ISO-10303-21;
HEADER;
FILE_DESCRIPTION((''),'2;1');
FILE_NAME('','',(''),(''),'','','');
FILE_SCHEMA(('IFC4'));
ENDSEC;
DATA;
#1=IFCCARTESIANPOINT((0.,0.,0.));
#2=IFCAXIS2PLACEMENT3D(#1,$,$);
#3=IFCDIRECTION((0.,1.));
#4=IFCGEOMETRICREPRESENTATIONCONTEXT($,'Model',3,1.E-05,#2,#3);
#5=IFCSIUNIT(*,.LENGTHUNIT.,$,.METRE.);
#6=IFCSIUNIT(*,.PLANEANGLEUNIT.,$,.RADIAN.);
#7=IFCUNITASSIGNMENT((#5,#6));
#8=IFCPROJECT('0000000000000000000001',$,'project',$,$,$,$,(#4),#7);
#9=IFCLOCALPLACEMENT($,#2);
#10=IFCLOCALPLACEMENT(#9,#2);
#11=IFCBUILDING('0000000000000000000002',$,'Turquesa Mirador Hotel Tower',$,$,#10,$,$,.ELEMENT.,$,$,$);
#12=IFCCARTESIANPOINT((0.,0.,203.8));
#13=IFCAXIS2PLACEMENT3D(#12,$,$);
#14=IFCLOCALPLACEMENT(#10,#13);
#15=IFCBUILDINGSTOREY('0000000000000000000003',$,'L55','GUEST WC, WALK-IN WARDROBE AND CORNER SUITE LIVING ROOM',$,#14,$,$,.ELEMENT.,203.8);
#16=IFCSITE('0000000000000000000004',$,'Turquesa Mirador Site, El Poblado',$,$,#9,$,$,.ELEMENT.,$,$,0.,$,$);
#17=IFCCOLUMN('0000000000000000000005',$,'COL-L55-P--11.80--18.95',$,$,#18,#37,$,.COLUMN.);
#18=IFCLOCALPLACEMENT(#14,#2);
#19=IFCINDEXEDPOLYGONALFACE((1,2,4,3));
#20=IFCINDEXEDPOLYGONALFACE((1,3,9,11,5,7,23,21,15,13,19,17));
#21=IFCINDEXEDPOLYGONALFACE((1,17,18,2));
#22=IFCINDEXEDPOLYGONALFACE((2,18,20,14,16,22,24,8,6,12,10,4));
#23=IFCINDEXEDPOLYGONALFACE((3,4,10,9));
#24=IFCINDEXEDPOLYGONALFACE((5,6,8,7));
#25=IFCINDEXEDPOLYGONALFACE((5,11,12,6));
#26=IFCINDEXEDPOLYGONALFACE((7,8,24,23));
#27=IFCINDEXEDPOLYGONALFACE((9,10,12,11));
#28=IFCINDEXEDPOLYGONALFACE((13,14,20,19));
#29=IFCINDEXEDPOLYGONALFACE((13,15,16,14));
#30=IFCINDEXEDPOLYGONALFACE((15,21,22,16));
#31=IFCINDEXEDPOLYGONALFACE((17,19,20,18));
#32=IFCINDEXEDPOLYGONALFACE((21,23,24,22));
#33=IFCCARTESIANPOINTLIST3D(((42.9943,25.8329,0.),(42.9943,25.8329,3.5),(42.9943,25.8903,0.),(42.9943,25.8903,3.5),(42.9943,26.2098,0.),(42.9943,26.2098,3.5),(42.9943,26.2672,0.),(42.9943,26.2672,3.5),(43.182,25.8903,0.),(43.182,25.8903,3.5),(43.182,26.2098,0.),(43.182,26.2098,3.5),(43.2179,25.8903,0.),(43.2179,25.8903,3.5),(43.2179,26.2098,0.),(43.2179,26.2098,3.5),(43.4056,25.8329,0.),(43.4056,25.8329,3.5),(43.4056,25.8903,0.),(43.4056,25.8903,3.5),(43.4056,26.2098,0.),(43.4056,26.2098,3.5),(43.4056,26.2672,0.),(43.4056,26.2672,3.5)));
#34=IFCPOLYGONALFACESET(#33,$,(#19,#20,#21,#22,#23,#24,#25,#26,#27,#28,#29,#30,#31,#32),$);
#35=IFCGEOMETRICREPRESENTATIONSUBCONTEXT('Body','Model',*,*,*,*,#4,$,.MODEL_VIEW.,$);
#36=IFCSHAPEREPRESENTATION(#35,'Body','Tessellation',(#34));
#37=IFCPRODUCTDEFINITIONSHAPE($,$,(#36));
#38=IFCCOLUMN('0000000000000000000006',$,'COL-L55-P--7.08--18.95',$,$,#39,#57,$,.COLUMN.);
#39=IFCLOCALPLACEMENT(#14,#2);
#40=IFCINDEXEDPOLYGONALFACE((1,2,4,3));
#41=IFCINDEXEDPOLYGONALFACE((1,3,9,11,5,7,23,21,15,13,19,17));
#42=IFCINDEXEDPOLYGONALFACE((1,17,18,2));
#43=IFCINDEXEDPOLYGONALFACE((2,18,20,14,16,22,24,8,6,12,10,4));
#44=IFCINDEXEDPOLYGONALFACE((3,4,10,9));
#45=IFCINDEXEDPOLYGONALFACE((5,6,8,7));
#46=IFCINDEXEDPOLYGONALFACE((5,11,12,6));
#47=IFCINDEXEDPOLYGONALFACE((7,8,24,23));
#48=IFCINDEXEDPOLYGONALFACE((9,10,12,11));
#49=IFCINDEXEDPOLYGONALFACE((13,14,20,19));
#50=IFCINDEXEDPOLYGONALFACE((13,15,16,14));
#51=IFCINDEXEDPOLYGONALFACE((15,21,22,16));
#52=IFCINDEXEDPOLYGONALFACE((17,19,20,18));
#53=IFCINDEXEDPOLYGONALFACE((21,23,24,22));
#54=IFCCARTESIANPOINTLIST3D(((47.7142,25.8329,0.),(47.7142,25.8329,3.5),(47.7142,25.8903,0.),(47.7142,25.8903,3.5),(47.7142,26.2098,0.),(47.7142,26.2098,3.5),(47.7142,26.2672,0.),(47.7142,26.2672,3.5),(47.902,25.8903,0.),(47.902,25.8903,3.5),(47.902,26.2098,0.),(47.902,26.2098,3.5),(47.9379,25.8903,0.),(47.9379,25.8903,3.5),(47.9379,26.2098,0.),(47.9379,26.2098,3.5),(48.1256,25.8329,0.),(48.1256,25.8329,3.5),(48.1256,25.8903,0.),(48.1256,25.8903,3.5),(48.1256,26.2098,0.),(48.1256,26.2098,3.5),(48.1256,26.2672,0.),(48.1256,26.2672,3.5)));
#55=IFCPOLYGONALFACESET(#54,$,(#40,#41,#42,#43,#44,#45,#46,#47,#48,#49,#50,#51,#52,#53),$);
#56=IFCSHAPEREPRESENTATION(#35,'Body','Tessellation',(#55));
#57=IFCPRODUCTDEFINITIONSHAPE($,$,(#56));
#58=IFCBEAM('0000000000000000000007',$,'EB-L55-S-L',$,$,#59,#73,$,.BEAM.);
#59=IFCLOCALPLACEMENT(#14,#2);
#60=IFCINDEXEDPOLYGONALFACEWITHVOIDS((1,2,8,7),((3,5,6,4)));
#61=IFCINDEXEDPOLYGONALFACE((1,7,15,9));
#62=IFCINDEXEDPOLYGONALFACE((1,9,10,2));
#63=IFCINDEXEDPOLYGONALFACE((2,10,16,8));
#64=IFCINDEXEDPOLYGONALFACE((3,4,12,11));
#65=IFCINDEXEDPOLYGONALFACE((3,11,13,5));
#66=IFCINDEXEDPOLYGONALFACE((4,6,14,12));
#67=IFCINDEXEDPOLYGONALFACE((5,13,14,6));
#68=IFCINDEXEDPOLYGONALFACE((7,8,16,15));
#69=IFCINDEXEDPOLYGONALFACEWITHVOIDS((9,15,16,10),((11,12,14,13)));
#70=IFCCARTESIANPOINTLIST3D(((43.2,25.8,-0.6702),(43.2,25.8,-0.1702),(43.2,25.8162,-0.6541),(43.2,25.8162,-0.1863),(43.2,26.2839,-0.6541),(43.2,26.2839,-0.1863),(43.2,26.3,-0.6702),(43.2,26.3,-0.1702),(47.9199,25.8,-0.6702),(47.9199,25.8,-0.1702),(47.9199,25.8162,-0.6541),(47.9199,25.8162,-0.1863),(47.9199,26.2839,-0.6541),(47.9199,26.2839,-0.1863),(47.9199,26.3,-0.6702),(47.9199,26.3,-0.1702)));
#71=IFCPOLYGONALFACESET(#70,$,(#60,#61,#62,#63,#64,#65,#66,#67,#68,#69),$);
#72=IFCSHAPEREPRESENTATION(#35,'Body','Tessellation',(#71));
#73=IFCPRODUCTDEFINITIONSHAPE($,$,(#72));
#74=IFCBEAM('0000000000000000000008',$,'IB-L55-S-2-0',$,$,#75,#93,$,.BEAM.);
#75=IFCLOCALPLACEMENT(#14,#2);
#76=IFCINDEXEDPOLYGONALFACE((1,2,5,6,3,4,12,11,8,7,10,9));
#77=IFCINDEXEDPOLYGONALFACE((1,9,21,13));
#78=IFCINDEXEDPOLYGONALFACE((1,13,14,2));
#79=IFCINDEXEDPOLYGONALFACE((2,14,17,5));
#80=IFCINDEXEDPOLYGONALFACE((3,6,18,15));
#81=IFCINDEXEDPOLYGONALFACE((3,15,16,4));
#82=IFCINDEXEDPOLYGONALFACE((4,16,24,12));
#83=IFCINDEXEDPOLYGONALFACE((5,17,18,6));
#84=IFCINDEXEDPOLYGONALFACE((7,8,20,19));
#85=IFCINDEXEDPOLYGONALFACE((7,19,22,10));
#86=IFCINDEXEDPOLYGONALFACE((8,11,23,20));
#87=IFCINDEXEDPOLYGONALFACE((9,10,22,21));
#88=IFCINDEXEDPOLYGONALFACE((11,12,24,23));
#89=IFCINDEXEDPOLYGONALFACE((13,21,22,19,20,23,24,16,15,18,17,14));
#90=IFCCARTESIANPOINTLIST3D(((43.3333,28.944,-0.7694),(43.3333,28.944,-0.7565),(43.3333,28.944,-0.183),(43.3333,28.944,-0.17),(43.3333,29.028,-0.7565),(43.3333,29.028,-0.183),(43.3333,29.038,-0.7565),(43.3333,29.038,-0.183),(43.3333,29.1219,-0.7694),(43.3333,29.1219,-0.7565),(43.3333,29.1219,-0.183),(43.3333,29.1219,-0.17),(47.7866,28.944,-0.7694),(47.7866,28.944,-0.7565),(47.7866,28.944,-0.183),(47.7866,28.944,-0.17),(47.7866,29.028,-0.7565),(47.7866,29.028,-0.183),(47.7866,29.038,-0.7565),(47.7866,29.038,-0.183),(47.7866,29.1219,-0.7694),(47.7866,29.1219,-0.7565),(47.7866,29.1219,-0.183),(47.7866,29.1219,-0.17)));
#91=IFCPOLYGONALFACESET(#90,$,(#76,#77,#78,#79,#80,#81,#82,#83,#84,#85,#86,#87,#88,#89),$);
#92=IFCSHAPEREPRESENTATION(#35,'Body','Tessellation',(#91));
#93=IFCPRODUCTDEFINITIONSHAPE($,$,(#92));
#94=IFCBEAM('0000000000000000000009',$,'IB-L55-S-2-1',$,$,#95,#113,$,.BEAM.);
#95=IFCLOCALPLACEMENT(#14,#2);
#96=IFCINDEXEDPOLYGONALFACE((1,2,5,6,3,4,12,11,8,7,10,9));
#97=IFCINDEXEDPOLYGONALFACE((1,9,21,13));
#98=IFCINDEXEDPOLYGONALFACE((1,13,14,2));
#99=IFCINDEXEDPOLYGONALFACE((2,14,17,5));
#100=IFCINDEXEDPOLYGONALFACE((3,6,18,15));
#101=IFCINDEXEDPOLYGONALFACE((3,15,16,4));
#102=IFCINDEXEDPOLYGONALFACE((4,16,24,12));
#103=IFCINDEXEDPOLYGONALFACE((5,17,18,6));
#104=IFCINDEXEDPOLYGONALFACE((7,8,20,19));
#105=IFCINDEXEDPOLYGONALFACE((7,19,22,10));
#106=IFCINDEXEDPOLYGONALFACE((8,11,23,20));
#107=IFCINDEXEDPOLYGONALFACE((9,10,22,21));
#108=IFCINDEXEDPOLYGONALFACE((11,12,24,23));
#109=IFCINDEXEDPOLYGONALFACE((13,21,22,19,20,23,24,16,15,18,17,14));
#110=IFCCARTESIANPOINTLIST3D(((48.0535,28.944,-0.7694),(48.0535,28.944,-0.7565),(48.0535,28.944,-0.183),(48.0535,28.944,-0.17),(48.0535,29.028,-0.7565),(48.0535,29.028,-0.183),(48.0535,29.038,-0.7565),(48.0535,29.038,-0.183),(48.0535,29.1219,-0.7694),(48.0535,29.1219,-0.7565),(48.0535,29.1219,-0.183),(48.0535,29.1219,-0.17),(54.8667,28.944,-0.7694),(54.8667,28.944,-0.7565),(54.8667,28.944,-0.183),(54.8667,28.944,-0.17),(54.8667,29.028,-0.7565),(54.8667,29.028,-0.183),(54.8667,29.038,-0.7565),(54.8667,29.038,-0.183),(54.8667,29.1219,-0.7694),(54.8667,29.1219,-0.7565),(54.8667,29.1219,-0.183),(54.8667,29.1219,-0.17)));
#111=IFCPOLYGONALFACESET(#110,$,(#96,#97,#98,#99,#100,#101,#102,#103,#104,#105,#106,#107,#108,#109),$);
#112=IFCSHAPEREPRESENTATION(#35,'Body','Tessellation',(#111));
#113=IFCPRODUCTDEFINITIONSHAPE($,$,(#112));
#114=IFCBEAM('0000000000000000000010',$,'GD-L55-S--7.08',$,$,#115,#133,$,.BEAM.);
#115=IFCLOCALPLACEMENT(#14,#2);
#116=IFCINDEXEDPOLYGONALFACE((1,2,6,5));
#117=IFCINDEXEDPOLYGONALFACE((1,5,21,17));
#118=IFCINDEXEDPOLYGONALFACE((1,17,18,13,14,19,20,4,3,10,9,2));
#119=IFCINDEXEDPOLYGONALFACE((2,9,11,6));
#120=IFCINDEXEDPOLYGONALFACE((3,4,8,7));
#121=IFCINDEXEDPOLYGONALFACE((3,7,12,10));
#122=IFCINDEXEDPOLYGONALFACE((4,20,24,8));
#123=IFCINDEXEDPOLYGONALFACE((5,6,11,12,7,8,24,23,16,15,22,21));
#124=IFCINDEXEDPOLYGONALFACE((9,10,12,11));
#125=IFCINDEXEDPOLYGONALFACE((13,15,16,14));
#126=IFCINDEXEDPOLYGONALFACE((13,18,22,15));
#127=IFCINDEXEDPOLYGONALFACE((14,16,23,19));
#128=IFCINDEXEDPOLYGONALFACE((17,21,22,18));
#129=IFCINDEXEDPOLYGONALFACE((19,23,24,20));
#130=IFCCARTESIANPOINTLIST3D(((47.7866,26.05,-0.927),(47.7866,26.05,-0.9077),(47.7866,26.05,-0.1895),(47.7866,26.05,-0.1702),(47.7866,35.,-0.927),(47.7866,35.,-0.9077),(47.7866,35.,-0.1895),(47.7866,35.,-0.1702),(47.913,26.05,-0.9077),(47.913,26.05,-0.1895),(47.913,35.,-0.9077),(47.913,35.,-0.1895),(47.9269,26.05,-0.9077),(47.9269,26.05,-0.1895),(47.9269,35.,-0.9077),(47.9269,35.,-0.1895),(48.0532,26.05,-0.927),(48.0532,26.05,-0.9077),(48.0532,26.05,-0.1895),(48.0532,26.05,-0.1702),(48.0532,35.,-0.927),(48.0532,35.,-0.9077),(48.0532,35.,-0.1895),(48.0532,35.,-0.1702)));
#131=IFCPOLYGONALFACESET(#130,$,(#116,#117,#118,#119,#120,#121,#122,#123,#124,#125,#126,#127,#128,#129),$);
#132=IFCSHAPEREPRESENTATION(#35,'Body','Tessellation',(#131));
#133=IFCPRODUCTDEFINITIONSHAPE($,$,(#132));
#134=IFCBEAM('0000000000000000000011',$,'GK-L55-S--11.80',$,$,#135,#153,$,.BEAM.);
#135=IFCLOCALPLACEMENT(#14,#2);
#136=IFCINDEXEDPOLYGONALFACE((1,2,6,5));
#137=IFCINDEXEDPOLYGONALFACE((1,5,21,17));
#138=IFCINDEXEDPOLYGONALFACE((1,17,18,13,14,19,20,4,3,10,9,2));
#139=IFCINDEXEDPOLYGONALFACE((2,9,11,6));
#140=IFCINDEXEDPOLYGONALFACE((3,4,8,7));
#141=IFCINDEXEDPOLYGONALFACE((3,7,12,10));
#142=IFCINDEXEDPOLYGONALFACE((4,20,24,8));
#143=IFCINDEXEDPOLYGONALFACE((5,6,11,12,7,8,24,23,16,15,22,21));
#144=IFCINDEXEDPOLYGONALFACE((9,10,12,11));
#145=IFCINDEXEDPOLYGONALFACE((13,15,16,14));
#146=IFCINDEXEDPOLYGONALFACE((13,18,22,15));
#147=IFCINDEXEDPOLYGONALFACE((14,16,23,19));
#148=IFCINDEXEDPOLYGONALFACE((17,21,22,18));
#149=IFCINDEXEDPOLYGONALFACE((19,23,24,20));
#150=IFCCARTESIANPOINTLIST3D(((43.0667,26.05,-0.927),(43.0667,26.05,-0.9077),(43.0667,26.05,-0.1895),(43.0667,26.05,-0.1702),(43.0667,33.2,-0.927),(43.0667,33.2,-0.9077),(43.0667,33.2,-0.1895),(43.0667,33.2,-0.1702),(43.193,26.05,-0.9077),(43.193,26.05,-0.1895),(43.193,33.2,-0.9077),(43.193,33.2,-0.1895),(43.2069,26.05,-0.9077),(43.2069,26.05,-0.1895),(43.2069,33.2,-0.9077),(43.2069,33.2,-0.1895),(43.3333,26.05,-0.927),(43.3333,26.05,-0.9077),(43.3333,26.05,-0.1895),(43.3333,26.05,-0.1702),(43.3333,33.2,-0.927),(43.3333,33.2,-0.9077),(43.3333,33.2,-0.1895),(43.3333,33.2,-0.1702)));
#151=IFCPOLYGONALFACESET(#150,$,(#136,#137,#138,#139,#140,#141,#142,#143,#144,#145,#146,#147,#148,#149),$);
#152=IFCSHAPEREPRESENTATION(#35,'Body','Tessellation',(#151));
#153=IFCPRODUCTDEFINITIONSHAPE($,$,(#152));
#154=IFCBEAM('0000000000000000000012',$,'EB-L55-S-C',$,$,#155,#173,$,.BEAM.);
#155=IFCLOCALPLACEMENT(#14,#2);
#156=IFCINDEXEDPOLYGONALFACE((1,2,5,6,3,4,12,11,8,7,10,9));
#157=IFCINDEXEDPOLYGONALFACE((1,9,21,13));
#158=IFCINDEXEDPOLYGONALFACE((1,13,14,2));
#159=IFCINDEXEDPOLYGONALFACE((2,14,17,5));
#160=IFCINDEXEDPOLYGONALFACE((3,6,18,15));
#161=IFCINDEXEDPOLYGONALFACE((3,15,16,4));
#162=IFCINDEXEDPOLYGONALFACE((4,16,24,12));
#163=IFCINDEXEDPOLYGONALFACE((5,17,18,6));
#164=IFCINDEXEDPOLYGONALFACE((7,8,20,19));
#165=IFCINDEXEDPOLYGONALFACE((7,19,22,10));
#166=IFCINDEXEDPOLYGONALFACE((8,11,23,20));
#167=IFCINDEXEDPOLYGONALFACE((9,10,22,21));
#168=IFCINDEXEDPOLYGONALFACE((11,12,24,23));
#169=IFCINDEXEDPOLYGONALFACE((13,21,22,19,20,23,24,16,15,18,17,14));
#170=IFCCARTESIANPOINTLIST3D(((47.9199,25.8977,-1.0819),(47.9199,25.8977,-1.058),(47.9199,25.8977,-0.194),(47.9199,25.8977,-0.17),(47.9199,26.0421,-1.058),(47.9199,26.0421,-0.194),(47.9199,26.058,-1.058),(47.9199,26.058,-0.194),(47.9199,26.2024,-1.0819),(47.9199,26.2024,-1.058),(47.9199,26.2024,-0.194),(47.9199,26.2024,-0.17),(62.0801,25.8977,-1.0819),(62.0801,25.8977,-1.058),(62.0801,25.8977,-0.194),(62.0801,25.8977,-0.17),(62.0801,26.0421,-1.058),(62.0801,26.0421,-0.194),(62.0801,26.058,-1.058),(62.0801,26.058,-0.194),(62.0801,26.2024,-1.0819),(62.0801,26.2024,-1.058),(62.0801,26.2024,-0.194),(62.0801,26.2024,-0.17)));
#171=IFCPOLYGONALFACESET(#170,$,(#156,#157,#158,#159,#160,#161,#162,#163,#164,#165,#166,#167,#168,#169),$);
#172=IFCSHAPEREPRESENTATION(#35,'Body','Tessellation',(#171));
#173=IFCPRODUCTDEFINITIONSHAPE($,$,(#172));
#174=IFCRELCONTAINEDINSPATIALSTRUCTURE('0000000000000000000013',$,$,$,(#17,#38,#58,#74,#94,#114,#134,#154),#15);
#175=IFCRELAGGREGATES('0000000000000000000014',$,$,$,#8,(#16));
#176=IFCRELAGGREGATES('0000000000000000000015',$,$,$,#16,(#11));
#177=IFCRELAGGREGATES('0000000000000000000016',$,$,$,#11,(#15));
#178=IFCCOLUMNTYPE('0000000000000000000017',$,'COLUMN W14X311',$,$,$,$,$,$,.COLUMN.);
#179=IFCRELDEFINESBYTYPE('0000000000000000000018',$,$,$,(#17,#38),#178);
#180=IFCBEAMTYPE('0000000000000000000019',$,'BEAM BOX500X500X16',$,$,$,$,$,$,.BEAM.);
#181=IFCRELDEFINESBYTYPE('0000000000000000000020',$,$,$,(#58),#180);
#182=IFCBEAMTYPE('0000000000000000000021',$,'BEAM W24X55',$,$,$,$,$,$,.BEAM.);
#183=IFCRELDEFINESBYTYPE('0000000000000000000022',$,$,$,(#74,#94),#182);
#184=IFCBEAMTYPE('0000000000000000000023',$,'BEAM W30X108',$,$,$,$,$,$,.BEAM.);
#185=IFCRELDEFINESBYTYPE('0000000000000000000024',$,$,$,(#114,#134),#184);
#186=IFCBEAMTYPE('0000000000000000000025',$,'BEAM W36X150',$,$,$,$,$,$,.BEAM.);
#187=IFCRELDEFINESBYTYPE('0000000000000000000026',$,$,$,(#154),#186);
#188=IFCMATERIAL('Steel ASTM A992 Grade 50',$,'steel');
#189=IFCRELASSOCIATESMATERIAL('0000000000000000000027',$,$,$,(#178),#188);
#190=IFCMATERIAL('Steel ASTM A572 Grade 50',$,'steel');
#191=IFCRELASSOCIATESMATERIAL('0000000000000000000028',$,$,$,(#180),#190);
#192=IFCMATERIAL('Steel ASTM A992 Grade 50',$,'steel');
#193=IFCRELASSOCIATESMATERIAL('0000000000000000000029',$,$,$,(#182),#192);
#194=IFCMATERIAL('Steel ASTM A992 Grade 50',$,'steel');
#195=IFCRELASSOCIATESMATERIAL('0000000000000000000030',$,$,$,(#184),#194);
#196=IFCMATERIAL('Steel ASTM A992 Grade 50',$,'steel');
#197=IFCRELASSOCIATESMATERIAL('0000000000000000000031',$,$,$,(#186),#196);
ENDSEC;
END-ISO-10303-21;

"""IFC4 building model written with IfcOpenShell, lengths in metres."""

from ifc_helpers import new_model, si_unit, direction, frame, origin, origin_2d, place, context, subcontext, project, spatial, hollow_rectangle, i_section, extrude, material, material_profile, profile_set, type_object, element, save


model = new_model("IFC4")

# Units and contexts
model_context = context("Model", 3, precision=1e-05, world=origin(), true_north=direction((0.0, 1.0)))
body_context = subcontext(model_context, "Body", "Model", "MODEL_VIEW")
ifc_project = project(units=[si_unit("LENGTHUNIT", "METRE"), si_unit("PLANEANGLEUNIT", "RADIAN")], contexts=[model_context])

# Site, building, storey
site_placement = place(None, origin())
site = spatial("IfcSite", under=ifc_project, at=site_placement, Name="Turquesa Mirador Site, El Poblado", CompositionType="ELEMENT", RefElevation=0.0)
building_placement = place(site_placement, origin())
building = spatial("IfcBuilding", under=site, at=building_placement, Name="Turquesa Mirador Hotel Tower", CompositionType="ELEMENT")
storey_placement = place(building_placement, frame((0.0, 0.0, 203.8)))
storey = spatial("IfcBuildingStorey", under=building, at=storey_placement, Name="L55", Description="GUEST WC, WALK-IN WARDROBE AND CORNER SUITE LIVING ROOM", CompositionType="ELEMENT", Elevation=203.8)

# Columns
ifc_material_1 = material(Name="Steel ASTM A992 Grade 50", Category="steel")
ifc_material_profile_1 = material_profile(ifc_material_1, i_section(OverallWidth=0.4114, OverallDepth=0.4343, WebThickness=0.0359, FlangeThickness=0.0574, at=origin_2d()), Name="W14X311")
ifc_profile_set_1 = profile_set([ifc_material_profile_1], Name="Steel ASTM A992 Grade 50")
column_type = type_object("IfcColumnType", Name="COLUMN W14X311", PredefinedType="COLUMN", material=ifc_profile_set_1)
for number, where, z_axis, x_axis, name in (
    (1, (43.2, 26.05, 0.0), (0.0, 0.0, 1.0), (1.0, 0.0, 0.0), "COL-L55-P--11.80--18.95"),
    (2, (47.9199, 26.05, 0.0), (0.0, 0.0, 1.0), (1.0, 0.0, 0.0), "COL-L55-P--7.08--18.95"),
):
    element("IfcColumn", number, at=place(storey_placement, frame(where, z_axis=z_axis, x_axis=x_axis)), inside=storey, type_object=column_type, Name=name, PredefinedType="COLUMN", context=body_context, shape_type="SweptSolid", body=[
        extrude(i_section(OverallWidth=0.4114, OverallDepth=0.4343, WebThickness=0.0359, FlangeThickness=0.0574, at=origin_2d()), origin(), (0.0, 0.0, 1.0), 3.5),
    ])

# Beams
ifc_material_2 = material(Name="Steel ASTM A572 Grade 50", Category="steel")
ifc_material_profile_2 = material_profile(ifc_material_2, hollow_rectangle(XDim=0.5, YDim=0.5, WallThickness=0.0161, at=origin_2d()), Name="BOX500X500X16")
ifc_profile_set_2 = profile_set([ifc_material_profile_2], Name="Steel ASTM A572 Grade 50")
beam_type_1 = type_object("IfcBeamType", Name="BEAM BOX500X500X16", PredefinedType="BEAM", material=ifc_profile_set_2)
beam_1_placement = place(storey_placement, frame((43.2, 26.05, -0.4202), z_axis=(1.0, 0.0, 0.0), x_axis=(0.0, 1.0, 0.0)))
element("IfcBeam", 3, at=beam_1_placement, inside=storey, type_object=beam_type_1, Name="EB-L55-S-L", PredefinedType="BEAM", context=body_context, shape_type="SweptSolid", body=[
    extrude(hollow_rectangle(XDim=0.5, YDim=0.5, WallThickness=0.0161, at=origin_2d()), origin(), (0.0, 0.0, 1.0), 4.72),
])
ifc_material_3 = material(Name="Steel ASTM A992 Grade 50", Category="steel")
ifc_material_profile_3 = material_profile(ifc_material_3, i_section(OverallWidth=0.178, OverallDepth=0.5994, WebThickness=0.01, FlangeThickness=0.0129, at=origin_2d()), Name="W24X55")
ifc_profile_set_3 = profile_set([ifc_material_profile_3], Name="Steel ASTM A992 Grade 50")
beam_type_2 = type_object("IfcBeamType", Name="BEAM W24X55", PredefinedType="BEAM", material=ifc_profile_set_3)
beam_2_placement = place(storey_placement, frame((43.3333, 29.033, -0.4697), z_axis=(1.0, 0.0, 0.0), x_axis=(0.0, 1.0, 0.0)))
element("IfcBeam", 4, at=beam_2_placement, inside=storey, type_object=beam_type_2, Name="IB-L55-S-2-0", PredefinedType="BEAM", context=body_context, shape_type="SweptSolid", body=[
    extrude(i_section(OverallWidth=0.178, OverallDepth=0.5994, WebThickness=0.01, FlangeThickness=0.0129, at=origin_2d()), origin(), (0.0, 0.0, 1.0), 4.4534),
])
beam_3_placement = place(storey_placement, frame((48.0535, 29.033, -0.4697), z_axis=(1.0, 0.0, 0.0), x_axis=(0.0, 1.0, 0.0)))
element("IfcBeam", 5, at=beam_3_placement, inside=storey, type_object=beam_type_2, Name="IB-L55-S-2-1", PredefinedType="BEAM", context=body_context, shape_type="SweptSolid", body=[
    extrude(i_section(OverallWidth=0.178, OverallDepth=0.5994, WebThickness=0.01, FlangeThickness=0.0129, at=origin_2d()), origin(), (0.0, 0.0, 1.0), 6.8132),
])
ifc_material_4 = material(Name="Steel ASTM A992 Grade 50", Category="steel")
ifc_material_profile_4 = material_profile(ifc_material_4, i_section(OverallWidth=0.2666, OverallDepth=0.7568, WebThickness=0.0139, FlangeThickness=0.0193, at=origin_2d()), Name="W30X108")
ifc_profile_set_4 = profile_set([ifc_material_profile_4], Name="Steel ASTM A992 Grade 50")
beam_type_3 = type_object("IfcBeamType", Name="BEAM W30X108", PredefinedType="BEAM", material=ifc_profile_set_4)
beam_4_placement = place(storey_placement, frame((47.9199, 26.05, -0.5486), z_axis=(0.0, 1.0, 0.0), x_axis=(-1.0, 0.0, 0.0)))
element("IfcBeam", 6, at=beam_4_placement, inside=storey, type_object=beam_type_3, Name="GD-L55-S--7.08", PredefinedType="BEAM", context=body_context, shape_type="SweptSolid", body=[
    extrude(i_section(OverallWidth=0.2666, OverallDepth=0.7568, WebThickness=0.0139, FlangeThickness=0.0193, at=origin_2d()), origin(), (0.0, 0.0, 1.0), 8.95),
])
beam_5_placement = place(storey_placement, frame((43.2, 26.05, -0.5486), z_axis=(0.0, 1.0, 0.0), x_axis=(-1.0, 0.0, 0.0)))
element("IfcBeam", 7, at=beam_5_placement, inside=storey, type_object=beam_type_3, Name="GK-L55-S--11.80", PredefinedType="BEAM", context=body_context, shape_type="SweptSolid", body=[
    extrude(i_section(OverallWidth=0.2666, OverallDepth=0.7568, WebThickness=0.0139, FlangeThickness=0.0193, at=origin_2d()), origin(), (0.0, 0.0, 1.0), 7.1499),
])
ifc_material_5 = material(Name="Steel ASTM A992 Grade 50", Category="steel")
ifc_material_profile_5 = material_profile(ifc_material_5, i_section(OverallWidth=0.3047, OverallDepth=0.9119, WebThickness=0.0159, FlangeThickness=0.0239, at=origin_2d()), Name="W36X150")
ifc_profile_set_5 = profile_set([ifc_material_profile_5], Name="Steel ASTM A992 Grade 50")
beam_type_4 = type_object("IfcBeamType", Name="BEAM W36X150", PredefinedType="BEAM", material=ifc_profile_set_5)
beam_6_placement = place(storey_placement, frame((47.9199, 26.05, -0.626), z_axis=(1.0, 0.0, 0.0), x_axis=(0.0, 1.0, 0.0)))
element("IfcBeam", 8, at=beam_6_placement, inside=storey, type_object=beam_type_4, Name="EB-L55-S-C", PredefinedType="BEAM", context=body_context, shape_type="SweptSolid", body=[
    extrude(i_section(OverallWidth=0.3047, OverallDepth=0.9119, WebThickness=0.0159, FlangeThickness=0.0239, at=origin_2d()), origin(), (0.0, 0.0, 1.0), 14.1602),
])

save(model, "model.ifc")
